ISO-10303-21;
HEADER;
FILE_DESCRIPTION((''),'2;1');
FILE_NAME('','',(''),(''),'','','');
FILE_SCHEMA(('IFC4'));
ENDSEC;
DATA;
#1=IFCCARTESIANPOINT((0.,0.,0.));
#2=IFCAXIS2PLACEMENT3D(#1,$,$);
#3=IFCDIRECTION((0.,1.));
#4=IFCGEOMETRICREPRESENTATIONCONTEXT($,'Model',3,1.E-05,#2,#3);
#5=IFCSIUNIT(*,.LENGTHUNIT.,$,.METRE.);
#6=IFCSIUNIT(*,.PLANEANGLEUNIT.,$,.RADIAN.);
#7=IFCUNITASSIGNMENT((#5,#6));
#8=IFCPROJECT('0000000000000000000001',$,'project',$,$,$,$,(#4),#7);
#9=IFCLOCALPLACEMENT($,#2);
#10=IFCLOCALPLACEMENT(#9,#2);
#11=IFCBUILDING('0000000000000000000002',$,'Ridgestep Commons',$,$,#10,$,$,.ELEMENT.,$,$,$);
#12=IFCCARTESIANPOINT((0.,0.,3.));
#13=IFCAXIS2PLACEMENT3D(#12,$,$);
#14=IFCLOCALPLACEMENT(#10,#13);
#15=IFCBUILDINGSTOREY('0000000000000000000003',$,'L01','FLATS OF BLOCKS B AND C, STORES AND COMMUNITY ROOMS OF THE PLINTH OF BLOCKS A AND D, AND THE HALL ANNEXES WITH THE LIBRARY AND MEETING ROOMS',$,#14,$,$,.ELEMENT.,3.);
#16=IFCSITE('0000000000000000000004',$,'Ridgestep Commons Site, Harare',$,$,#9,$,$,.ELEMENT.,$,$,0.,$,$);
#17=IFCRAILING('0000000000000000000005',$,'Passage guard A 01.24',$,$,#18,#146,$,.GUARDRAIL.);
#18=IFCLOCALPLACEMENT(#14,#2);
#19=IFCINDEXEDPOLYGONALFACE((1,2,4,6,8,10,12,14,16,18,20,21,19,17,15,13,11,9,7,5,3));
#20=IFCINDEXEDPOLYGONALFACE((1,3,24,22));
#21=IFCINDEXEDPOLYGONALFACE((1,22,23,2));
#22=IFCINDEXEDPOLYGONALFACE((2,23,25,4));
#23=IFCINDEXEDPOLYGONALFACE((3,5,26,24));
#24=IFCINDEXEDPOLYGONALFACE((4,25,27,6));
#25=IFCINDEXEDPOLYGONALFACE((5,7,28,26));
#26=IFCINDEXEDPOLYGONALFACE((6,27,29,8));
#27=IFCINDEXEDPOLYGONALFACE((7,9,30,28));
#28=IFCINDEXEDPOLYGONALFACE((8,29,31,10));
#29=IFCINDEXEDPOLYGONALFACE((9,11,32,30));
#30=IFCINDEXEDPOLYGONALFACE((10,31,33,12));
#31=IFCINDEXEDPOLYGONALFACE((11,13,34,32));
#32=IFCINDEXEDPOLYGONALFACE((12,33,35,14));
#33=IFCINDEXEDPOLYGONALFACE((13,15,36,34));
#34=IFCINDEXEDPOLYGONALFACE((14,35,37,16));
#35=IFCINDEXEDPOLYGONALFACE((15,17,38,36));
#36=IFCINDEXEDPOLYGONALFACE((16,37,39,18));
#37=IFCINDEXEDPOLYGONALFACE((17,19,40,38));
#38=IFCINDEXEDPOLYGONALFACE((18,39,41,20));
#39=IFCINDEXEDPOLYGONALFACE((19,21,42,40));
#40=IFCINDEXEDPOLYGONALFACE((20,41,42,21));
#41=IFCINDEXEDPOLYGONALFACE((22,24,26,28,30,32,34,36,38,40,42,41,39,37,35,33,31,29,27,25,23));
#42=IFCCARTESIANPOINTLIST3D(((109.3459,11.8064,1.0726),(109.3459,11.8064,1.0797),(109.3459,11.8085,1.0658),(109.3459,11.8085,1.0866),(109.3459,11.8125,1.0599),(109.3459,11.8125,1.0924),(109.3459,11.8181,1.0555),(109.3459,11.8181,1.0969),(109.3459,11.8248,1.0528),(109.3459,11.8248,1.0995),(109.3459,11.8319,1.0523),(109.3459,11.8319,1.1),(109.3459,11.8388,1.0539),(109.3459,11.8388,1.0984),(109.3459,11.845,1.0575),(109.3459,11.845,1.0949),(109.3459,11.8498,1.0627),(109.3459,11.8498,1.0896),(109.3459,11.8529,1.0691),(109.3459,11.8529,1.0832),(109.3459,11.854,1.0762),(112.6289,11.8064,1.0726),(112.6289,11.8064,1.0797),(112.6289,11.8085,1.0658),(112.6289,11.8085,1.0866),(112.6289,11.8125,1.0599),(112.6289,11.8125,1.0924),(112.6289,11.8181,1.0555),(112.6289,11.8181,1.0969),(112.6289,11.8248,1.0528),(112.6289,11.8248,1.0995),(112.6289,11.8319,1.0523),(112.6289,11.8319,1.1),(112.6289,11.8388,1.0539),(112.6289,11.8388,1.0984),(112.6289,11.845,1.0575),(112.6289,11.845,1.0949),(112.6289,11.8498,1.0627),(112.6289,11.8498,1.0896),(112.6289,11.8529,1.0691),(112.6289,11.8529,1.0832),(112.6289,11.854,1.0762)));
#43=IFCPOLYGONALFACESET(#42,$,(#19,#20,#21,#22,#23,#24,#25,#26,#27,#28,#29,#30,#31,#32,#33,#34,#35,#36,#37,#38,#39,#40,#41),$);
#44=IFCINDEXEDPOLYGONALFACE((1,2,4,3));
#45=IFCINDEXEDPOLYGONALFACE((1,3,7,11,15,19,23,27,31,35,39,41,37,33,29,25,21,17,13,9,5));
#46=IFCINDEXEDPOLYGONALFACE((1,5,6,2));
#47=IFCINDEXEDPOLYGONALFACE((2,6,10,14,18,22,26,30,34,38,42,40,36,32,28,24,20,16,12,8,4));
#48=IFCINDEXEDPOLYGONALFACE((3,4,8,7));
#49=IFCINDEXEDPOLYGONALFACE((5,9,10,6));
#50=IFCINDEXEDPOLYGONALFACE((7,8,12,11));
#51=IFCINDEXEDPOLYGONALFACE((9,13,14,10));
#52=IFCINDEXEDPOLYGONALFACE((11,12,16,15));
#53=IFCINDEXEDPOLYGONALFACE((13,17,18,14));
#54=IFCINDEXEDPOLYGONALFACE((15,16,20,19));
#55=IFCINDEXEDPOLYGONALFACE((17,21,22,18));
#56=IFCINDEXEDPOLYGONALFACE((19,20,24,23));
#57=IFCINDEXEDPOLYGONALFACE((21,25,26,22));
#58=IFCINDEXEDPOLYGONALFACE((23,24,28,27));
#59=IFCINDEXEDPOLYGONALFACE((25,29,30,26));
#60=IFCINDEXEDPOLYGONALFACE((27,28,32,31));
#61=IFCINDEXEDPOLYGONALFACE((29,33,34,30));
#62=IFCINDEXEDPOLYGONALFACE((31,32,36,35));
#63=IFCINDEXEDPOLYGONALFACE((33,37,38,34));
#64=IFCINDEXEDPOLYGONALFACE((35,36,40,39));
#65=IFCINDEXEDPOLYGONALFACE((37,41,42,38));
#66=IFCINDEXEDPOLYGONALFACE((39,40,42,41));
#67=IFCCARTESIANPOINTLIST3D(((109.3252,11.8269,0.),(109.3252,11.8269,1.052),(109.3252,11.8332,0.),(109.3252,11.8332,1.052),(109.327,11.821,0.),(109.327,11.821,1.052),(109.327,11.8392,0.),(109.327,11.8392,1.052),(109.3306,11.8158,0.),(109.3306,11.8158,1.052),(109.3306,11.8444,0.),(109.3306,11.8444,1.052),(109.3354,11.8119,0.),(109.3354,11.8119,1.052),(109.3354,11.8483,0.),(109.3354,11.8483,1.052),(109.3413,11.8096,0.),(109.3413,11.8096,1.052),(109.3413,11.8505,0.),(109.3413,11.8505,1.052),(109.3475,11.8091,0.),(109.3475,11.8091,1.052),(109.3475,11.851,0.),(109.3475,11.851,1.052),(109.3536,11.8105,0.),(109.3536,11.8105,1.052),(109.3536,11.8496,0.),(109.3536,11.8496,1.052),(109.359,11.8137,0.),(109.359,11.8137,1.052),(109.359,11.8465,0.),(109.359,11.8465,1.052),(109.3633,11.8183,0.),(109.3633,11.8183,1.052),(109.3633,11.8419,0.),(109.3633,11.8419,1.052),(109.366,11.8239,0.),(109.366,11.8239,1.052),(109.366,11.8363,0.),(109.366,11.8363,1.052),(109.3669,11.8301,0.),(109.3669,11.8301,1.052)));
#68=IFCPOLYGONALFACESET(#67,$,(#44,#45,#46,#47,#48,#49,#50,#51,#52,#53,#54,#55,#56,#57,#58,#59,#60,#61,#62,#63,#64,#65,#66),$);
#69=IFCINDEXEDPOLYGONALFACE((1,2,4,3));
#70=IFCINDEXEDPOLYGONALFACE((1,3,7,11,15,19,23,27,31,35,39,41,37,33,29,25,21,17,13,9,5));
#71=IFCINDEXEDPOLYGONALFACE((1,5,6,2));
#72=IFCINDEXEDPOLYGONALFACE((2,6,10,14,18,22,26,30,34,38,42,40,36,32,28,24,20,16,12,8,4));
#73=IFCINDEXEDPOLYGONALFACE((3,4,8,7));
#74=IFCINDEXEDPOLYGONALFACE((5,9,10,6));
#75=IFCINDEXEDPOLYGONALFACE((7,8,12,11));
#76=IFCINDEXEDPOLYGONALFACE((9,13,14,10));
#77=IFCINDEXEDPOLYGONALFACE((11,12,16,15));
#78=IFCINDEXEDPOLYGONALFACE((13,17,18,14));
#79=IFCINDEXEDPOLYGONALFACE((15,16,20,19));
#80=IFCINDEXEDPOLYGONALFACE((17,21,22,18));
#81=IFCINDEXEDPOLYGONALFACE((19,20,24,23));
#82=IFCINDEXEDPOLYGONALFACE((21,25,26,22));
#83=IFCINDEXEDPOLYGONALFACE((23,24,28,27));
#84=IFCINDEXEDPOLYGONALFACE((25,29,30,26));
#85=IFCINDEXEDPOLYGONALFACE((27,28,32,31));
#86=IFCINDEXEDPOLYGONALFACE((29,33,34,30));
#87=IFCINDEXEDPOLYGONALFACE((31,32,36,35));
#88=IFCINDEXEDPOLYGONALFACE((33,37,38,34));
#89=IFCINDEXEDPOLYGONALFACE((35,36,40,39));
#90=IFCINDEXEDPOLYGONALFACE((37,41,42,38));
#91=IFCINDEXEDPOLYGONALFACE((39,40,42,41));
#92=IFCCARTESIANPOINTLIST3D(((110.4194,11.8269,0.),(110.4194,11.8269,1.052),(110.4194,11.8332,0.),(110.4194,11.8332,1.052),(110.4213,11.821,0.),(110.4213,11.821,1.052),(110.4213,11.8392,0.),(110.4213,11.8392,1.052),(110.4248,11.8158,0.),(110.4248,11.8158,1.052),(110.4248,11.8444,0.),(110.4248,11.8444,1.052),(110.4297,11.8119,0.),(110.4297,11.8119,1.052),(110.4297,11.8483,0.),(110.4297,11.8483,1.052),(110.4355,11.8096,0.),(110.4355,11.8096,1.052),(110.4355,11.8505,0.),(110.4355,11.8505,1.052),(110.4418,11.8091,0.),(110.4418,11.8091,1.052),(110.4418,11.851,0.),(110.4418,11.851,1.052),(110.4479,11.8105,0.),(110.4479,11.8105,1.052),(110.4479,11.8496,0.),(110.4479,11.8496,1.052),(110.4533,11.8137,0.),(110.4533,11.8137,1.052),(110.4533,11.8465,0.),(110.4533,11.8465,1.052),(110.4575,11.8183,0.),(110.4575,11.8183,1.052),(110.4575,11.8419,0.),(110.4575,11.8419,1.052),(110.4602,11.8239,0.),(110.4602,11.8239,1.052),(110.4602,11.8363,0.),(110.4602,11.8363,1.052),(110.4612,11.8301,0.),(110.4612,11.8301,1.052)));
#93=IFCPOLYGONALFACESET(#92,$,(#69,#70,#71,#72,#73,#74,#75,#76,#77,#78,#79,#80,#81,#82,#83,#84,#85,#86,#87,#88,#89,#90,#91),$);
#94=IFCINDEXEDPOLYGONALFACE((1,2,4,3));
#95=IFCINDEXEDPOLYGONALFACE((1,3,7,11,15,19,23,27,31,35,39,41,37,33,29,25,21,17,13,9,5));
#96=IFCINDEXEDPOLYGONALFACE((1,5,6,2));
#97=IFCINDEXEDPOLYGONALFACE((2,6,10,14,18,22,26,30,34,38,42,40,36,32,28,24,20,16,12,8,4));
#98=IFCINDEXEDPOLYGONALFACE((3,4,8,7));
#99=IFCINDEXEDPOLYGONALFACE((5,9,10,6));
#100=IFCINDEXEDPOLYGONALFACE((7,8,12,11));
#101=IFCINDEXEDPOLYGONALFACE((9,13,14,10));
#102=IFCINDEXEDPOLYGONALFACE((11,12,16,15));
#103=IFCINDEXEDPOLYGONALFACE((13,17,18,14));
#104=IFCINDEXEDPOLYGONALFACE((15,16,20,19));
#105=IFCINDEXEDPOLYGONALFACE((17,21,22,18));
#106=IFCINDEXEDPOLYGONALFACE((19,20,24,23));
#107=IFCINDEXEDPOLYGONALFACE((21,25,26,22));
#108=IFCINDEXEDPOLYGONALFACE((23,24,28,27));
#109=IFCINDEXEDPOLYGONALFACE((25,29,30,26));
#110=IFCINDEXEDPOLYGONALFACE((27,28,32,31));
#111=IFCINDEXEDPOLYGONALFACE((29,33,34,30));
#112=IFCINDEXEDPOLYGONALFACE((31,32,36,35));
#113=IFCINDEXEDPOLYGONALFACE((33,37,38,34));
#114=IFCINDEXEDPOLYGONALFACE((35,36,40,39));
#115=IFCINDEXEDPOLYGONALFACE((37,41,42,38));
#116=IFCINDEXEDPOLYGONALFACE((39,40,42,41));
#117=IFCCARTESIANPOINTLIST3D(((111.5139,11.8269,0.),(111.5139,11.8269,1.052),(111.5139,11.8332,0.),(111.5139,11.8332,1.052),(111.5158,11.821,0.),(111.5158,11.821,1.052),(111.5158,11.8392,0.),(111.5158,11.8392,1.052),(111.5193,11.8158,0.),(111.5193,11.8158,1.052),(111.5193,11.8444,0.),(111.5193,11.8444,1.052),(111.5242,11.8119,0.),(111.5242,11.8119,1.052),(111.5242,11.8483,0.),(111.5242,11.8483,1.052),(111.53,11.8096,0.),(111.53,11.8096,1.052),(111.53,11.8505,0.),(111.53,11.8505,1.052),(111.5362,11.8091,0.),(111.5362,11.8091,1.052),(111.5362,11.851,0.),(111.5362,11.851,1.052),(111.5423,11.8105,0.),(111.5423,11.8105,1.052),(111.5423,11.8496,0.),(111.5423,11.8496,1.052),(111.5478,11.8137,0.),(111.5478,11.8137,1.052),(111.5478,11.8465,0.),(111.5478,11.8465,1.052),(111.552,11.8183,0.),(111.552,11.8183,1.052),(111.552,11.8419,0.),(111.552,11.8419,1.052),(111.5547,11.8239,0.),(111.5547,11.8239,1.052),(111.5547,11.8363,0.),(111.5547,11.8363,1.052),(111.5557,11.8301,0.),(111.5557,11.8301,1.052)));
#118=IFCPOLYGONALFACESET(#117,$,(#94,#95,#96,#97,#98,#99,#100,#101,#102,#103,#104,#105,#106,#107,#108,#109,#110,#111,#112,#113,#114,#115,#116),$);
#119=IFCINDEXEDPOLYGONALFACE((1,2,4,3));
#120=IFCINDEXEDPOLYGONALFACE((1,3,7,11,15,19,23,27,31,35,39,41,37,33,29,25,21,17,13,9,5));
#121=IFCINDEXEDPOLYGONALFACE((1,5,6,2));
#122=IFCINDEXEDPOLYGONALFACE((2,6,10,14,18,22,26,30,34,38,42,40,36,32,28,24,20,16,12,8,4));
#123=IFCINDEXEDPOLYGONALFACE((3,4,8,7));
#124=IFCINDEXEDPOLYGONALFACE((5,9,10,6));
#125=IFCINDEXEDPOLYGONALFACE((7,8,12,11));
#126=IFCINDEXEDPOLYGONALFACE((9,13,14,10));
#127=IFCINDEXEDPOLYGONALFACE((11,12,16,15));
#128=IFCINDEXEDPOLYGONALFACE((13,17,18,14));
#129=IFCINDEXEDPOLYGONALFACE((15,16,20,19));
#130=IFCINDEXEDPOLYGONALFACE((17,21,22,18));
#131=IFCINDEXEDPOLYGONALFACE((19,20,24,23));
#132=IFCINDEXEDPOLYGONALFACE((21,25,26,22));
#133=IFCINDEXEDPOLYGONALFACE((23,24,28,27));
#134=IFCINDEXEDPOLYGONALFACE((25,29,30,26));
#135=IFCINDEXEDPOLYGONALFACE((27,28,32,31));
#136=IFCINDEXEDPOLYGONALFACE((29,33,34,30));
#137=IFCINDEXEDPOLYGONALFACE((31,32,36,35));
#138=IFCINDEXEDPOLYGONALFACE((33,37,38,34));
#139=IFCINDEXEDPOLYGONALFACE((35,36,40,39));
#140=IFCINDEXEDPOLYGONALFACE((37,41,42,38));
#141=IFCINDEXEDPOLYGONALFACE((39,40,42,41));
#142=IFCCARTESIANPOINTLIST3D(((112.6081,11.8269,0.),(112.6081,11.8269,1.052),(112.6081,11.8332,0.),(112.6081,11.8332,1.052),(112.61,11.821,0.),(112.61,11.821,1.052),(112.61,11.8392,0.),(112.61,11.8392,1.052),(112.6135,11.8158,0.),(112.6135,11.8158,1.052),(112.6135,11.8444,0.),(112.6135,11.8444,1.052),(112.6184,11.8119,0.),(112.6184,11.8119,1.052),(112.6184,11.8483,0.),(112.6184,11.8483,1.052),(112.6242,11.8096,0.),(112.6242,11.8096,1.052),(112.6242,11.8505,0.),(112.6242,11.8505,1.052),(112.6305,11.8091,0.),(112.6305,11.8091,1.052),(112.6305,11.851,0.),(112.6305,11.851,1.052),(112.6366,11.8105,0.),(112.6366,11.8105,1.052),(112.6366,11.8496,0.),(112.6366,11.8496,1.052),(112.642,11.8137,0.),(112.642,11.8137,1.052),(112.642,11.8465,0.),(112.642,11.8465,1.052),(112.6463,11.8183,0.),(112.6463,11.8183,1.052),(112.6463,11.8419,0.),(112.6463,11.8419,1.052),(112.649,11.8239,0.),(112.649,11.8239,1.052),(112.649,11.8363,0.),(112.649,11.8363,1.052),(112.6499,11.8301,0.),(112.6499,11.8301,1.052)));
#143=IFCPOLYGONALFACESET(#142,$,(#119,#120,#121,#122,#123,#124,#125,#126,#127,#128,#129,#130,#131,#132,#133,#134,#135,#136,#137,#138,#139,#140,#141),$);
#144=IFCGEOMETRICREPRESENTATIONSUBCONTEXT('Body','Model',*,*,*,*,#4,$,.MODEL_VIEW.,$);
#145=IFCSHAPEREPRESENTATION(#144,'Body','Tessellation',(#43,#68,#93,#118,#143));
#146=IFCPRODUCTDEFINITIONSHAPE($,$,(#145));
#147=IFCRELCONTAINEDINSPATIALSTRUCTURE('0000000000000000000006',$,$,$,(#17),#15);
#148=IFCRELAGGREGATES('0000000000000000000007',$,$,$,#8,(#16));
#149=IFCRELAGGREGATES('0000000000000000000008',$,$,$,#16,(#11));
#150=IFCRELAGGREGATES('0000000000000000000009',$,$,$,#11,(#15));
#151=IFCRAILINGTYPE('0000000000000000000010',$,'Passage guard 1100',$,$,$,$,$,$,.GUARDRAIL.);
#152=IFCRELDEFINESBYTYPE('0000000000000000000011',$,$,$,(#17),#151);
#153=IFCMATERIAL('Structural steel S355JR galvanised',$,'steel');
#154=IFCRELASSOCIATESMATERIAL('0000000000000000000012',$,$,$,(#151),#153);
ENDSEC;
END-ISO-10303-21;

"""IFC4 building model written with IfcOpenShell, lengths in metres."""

from ifc_helpers import new_model, si_unit, direction, frame, origin, origin_2d, place, context, subcontext, project, spatial, circle, extrude, material, type_object, element, save


model = new_model("IFC4")

# Units and contexts
model_context = context("Model", 3, precision=1e-05, world=origin(), true_north=direction((0.0, 1.0)))
body_context = subcontext(model_context, "Body", "Model", "MODEL_VIEW")
ifc_project = project(units=[si_unit("LENGTHUNIT", "METRE"), si_unit("PLANEANGLEUNIT", "RADIAN")], contexts=[model_context])

# Site, building, storey
site_placement = place(None, origin())
site = spatial("IfcSite", under=ifc_project, at=site_placement, Name="Ridgestep Commons Site, Harare", CompositionType="ELEMENT", RefElevation=0.0)
building_placement = place(site_placement, origin())
building = spatial("IfcBuilding", under=site, at=building_placement, Name="Ridgestep Commons", CompositionType="ELEMENT")
storey_placement = place(building_placement, frame((0.0, 0.0, 3.0)))
storey = spatial("IfcBuildingStorey", under=building, at=storey_placement, Name="L01", Description="FLATS OF BLOCKS B AND C, STORES AND COMMUNITY ROOMS OF THE PLINTH OF BLOCKS A AND D, AND THE HALL ANNEXES WITH THE LIBRARY AND MEETING ROOMS", CompositionType="ELEMENT", Elevation=3.0)

# Railing
ifc_material_1 = material(Name="Structural steel S355JR galvanised", Category="steel")
railing_type = type_object("IfcRailingType", Name="Passage guard 1100", PredefinedType="GUARDRAIL", material=ifc_material_1)
railing_1_placement = place(storey_placement, frame((109.3459, 11.8301, 0.0)))
element("IfcRailing", 1, at=railing_1_placement, inside=storey, type_object=railing_type, Name="Passage guard A 01.24", PredefinedType="GUARDRAIL", context=body_context, shape_type="SweptSolid", body=[
    extrude(circle(Radius=0.0239, at=origin_2d()), frame((0.0, 0.0, 1.0762), z_axis=(1.0, 0.0, 0.0), x_axis=(0.0, 1.0, 0.0)), (0.0, 0.0, 1.0), 3.283),
    extrude(circle(Radius=0.021, at=origin_2d()), origin(), (0.0, 0.0, 1.0), 1.052),
    extrude(circle(Radius=0.021, at=origin_2d()), frame((1.0942, 0.0, 0.0)), (0.0, 0.0, 1.0), 1.052),
    extrude(circle(Radius=0.021, at=origin_2d()), frame((2.1887, 0.0, 0.0)), (0.0, 0.0, 1.0), 1.052),
    extrude(circle(Radius=0.021, at=origin_2d()), frame((3.283, 0.0, 0.0)), (0.0, 0.0, 1.0), 1.052),
])

save(model, "model.ifc")
